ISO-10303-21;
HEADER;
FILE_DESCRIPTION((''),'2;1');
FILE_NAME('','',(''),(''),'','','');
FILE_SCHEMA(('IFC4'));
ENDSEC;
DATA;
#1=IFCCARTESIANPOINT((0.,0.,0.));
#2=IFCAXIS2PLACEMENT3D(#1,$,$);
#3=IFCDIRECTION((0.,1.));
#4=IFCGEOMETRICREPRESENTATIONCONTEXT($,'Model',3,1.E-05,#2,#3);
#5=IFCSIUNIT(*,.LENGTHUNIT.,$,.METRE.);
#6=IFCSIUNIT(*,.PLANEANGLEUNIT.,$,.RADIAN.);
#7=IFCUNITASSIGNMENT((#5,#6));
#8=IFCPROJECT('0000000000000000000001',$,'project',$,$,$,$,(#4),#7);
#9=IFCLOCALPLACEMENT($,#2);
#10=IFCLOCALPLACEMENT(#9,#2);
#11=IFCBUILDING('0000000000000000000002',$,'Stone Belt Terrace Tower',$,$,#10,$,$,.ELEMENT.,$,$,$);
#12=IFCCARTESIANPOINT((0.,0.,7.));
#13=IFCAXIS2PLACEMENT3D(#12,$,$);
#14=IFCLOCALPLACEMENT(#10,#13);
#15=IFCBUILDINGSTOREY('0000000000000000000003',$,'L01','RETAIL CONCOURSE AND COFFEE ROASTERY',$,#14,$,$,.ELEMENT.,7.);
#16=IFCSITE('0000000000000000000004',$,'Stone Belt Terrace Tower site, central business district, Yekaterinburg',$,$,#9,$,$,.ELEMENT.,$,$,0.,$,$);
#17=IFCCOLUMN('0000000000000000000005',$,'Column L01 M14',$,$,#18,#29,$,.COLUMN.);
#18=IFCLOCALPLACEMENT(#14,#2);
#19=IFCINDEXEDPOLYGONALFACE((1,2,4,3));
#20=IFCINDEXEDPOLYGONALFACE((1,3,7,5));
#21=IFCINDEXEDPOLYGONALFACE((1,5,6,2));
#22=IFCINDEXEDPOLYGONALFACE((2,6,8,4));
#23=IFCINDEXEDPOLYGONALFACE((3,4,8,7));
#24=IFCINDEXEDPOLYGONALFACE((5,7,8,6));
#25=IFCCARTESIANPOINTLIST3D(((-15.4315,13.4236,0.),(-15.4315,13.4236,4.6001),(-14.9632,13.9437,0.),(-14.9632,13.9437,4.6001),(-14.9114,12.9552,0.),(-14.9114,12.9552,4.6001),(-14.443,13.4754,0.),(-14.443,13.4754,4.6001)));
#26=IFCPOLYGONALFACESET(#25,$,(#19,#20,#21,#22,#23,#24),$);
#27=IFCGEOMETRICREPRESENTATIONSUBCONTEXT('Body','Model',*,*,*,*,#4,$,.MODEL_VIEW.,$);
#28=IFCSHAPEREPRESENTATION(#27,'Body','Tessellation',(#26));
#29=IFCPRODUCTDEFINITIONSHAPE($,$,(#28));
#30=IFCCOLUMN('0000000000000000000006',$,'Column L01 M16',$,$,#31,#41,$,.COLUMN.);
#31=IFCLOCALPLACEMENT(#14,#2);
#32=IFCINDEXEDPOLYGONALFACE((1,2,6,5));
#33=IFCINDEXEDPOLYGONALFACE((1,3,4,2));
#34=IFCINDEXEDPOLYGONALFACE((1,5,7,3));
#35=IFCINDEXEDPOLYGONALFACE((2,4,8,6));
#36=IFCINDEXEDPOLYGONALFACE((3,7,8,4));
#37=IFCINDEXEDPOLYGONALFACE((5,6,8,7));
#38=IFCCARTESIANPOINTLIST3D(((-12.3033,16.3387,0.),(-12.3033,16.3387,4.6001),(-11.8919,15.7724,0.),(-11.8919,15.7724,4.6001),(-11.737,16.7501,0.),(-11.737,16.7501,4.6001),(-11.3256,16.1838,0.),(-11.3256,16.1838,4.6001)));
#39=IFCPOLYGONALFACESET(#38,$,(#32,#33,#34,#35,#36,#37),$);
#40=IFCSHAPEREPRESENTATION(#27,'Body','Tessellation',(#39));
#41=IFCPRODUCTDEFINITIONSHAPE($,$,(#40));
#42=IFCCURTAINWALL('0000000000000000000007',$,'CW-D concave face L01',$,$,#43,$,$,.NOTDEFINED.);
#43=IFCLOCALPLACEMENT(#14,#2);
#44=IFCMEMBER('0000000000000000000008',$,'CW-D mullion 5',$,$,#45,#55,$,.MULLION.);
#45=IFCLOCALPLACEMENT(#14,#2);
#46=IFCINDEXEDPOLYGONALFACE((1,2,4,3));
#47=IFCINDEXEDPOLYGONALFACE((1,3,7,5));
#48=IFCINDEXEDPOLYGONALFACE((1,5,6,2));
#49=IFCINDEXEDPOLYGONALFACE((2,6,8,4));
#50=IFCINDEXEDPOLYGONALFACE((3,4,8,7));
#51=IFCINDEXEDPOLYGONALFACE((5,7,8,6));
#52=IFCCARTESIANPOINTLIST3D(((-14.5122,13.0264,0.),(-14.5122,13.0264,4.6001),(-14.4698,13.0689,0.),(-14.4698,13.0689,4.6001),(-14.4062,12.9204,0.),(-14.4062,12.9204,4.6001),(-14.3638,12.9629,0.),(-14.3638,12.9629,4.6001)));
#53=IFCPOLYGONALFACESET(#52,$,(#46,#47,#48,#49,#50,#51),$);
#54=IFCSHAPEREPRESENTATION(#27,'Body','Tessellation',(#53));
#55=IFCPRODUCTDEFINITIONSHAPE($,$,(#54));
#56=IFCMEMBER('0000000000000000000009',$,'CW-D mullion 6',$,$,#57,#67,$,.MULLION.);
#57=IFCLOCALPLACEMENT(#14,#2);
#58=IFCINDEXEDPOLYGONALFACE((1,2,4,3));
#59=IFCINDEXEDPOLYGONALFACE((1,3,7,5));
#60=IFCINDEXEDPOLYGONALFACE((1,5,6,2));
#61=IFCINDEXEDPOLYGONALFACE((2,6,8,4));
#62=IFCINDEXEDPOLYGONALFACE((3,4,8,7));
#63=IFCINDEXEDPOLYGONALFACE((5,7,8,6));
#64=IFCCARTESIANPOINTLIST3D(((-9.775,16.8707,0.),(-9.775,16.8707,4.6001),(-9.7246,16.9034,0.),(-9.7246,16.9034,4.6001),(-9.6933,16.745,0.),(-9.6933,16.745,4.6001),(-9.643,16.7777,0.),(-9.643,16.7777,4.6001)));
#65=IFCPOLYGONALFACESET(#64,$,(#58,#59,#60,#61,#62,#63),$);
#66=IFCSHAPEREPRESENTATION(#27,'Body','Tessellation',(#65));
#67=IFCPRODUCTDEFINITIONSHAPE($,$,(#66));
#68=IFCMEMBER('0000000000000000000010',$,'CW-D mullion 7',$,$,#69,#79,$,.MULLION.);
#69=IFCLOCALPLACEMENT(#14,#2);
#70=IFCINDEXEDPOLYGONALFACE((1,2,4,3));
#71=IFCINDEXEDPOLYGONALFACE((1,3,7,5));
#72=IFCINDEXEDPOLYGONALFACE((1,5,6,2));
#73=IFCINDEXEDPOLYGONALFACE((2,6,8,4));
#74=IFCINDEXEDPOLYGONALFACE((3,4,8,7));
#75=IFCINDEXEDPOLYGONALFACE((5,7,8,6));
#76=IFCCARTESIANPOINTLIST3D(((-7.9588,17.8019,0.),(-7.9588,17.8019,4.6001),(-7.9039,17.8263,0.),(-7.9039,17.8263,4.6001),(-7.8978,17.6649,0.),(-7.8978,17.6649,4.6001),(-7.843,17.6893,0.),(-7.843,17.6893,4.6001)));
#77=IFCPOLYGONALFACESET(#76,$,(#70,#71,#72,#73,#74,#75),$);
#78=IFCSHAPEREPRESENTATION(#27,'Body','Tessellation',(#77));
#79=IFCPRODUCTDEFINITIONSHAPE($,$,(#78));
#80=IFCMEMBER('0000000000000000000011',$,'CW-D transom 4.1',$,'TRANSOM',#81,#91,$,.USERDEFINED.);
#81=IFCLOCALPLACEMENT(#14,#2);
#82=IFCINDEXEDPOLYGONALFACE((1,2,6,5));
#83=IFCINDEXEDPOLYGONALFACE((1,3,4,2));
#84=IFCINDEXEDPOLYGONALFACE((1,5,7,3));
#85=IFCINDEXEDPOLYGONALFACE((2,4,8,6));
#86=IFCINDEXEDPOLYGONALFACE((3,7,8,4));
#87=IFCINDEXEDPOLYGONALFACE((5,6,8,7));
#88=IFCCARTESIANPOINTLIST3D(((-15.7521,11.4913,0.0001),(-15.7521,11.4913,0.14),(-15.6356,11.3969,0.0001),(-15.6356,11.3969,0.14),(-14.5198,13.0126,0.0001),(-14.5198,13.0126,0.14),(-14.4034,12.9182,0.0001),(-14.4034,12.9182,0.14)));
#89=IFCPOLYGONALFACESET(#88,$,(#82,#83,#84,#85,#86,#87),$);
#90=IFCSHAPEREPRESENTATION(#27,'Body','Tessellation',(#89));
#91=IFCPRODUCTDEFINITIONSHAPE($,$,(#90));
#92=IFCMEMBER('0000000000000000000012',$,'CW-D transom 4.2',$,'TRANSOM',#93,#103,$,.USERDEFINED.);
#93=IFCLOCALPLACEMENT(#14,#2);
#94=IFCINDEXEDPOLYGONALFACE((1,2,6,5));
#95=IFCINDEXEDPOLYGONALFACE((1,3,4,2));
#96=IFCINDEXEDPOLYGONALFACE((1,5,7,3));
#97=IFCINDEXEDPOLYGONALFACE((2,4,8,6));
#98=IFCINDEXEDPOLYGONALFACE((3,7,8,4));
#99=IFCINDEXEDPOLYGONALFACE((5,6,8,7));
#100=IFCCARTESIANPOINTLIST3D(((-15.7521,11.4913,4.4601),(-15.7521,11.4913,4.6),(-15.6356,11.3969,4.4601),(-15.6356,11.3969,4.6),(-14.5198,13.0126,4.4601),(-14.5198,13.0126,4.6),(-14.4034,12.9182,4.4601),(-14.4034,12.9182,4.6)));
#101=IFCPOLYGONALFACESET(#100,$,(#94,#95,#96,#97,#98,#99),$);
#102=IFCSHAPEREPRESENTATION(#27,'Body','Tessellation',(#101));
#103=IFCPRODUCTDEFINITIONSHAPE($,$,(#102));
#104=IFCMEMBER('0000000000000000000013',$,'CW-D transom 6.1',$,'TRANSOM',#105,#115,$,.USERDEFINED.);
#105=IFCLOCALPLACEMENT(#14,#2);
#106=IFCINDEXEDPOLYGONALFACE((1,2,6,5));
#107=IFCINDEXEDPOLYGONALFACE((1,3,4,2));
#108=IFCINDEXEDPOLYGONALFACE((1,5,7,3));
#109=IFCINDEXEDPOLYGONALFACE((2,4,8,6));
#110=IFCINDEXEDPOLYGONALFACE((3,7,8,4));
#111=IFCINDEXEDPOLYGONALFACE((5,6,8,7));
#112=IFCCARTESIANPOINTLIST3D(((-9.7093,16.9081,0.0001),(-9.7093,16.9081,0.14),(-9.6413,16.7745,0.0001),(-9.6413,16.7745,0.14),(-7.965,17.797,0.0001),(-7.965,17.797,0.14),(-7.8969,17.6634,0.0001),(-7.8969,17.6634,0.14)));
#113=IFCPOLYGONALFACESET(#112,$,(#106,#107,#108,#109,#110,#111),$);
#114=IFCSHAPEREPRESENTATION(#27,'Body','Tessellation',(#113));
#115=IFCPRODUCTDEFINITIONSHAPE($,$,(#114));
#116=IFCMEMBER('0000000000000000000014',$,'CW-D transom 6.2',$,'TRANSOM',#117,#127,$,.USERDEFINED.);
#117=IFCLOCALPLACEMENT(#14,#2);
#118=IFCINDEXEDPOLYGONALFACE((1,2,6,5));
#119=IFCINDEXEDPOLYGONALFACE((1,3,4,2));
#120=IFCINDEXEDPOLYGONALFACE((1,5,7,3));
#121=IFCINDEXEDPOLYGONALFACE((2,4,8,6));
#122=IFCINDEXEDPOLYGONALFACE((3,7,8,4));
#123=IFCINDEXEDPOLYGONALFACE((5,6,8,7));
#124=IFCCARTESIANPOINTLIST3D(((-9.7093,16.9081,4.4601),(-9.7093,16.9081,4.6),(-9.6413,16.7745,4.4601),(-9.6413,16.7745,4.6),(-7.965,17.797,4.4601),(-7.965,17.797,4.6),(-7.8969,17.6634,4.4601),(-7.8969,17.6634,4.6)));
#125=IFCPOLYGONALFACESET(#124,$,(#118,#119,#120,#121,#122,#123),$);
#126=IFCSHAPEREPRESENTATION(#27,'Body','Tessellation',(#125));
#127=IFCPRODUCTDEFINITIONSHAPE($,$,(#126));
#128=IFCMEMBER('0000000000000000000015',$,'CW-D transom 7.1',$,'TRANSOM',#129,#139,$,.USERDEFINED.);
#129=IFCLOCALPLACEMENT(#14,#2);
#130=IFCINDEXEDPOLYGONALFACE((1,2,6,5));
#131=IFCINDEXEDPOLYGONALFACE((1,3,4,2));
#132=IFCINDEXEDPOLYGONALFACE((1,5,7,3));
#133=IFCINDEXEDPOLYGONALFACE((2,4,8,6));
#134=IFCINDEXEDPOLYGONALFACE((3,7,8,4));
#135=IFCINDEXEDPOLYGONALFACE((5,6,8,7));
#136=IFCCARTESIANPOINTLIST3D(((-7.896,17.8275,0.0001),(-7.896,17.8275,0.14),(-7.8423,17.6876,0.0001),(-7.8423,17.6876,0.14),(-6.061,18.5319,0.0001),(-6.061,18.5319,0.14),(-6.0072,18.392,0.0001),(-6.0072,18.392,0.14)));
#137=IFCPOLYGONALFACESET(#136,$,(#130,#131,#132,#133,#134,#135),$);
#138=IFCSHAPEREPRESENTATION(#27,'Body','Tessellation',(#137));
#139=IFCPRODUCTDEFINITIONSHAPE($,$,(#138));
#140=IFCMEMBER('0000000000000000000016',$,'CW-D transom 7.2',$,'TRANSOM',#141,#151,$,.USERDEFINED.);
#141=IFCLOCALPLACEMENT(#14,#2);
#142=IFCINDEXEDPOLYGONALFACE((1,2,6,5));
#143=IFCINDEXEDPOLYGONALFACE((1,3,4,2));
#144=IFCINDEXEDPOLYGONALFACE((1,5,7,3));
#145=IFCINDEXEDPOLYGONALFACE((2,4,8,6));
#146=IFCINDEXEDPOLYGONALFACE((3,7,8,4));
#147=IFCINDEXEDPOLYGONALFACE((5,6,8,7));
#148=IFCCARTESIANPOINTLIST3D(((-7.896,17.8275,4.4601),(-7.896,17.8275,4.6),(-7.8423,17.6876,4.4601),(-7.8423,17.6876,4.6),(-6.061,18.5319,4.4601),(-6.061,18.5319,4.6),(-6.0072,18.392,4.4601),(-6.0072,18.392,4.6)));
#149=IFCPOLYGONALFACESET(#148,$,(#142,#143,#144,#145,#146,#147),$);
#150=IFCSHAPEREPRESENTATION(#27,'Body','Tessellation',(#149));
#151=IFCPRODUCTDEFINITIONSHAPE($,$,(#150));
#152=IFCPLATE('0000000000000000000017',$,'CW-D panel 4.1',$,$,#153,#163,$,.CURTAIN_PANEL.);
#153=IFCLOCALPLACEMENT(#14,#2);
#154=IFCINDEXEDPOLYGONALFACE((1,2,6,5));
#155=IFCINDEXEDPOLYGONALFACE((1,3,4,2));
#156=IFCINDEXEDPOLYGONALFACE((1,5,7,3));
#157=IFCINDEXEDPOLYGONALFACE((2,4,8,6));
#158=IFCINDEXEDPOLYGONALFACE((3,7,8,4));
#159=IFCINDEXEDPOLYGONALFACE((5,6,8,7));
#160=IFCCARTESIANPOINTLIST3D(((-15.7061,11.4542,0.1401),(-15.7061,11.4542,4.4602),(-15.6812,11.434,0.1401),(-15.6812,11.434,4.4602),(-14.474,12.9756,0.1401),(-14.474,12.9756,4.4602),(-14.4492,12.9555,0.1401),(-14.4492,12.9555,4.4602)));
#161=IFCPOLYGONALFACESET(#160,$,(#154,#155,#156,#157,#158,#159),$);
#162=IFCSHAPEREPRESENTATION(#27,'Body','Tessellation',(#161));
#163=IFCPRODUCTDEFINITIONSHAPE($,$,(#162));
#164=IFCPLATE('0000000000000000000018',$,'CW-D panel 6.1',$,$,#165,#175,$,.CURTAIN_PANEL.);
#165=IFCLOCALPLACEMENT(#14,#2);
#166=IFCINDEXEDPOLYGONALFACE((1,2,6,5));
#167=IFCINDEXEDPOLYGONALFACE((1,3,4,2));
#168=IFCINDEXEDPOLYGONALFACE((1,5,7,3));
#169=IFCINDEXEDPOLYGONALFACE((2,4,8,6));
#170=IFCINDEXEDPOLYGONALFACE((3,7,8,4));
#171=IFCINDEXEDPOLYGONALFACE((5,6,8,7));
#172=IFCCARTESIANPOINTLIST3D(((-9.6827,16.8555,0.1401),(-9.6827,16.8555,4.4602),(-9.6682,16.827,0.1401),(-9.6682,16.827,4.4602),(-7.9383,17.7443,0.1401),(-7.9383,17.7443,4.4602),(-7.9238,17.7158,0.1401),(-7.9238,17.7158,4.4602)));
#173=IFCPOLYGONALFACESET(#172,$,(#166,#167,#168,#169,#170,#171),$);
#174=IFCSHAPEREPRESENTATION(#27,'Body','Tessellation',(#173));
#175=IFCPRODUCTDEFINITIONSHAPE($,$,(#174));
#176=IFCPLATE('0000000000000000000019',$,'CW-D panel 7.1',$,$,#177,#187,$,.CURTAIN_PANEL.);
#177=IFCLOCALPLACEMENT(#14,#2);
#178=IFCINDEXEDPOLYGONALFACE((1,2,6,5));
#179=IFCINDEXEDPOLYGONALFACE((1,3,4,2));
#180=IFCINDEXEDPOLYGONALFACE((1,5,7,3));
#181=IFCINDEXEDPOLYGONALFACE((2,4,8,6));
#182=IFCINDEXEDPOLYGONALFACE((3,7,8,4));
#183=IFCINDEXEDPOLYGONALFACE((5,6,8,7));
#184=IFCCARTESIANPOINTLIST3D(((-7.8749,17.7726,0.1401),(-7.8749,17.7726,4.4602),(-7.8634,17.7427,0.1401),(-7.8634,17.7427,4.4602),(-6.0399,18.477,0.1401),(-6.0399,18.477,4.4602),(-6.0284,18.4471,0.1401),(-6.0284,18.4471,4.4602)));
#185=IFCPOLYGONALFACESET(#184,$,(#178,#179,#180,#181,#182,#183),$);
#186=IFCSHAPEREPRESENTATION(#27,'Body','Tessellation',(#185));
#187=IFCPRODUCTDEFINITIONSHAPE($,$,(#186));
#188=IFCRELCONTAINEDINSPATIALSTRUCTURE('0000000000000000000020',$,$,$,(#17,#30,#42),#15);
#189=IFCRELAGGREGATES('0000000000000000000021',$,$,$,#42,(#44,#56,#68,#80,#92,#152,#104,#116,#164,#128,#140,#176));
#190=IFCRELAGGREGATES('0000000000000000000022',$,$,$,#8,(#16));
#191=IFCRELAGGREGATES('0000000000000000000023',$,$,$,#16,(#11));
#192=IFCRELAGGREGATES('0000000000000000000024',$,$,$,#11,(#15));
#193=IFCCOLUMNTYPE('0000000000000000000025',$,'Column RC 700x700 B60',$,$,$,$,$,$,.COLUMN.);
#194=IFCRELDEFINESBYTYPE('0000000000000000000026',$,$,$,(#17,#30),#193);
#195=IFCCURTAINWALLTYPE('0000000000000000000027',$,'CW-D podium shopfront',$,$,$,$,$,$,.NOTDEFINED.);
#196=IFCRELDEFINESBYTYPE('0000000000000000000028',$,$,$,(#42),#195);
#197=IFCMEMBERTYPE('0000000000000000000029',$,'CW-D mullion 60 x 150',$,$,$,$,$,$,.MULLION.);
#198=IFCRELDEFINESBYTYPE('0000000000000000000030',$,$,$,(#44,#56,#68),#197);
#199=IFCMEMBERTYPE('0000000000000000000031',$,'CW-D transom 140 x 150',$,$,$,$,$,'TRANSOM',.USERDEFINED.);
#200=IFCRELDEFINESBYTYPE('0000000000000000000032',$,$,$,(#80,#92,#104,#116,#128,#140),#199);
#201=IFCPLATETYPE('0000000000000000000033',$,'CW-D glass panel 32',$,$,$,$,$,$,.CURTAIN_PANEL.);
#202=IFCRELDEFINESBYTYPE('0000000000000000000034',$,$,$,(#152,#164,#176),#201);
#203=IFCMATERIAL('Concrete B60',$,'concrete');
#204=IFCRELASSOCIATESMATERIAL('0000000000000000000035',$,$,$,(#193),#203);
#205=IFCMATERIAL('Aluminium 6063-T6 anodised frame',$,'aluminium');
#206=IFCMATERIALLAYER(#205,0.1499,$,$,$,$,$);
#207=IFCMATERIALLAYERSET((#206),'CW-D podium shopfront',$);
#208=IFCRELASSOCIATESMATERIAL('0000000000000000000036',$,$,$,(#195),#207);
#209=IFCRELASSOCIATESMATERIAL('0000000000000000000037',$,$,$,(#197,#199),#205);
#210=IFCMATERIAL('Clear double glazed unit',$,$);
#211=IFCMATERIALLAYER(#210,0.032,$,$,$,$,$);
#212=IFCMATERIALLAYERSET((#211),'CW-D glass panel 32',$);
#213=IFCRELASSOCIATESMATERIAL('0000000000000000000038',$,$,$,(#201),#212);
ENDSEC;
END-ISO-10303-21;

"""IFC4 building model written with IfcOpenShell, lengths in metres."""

from ifc_helpers import new_model, si_unit, direction, frame, origin, origin_2d, place, context, subcontext, project, spatial, rectangle, extrude, material, layer, layer_set, material_profile, profile_set, type_object, element, aggregate, save


model = new_model("IFC4")

# Units and contexts
model_context = context("Model", 3, precision=1e-05, world=origin(), true_north=direction((0.0, 1.0)))
body_context = subcontext(model_context, "Body", "Model", "MODEL_VIEW")
ifc_project = project(units=[si_unit("LENGTHUNIT", "METRE"), si_unit("PLANEANGLEUNIT", "RADIAN")], contexts=[model_context])

# Site, building, storey
site_placement = place(None, origin())
site = spatial("IfcSite", under=ifc_project, at=site_placement, Name="Stone Belt Terrace Tower site, central business district, Yekaterinburg", CompositionType="ELEMENT", RefElevation=0.0)
building_placement = place(site_placement, origin())
building = spatial("IfcBuilding", under=site, at=building_placement, Name="Stone Belt Terrace Tower", CompositionType="ELEMENT")
storey_placement = place(building_placement, frame((0.0, 0.0, 7.0)))
storey = spatial("IfcBuildingStorey", under=building, at=storey_placement, Name="L01", Description="RETAIL CONCOURSE AND COFFEE ROASTERY", CompositionType="ELEMENT", Elevation=7.0)

# Columns
ifc_material_1 = material(Name="Concrete B60", Category="concrete")
ifc_material_profile_1 = material_profile(ifc_material_1, rectangle(XDim=0.7, YDim=0.7, at=origin_2d()), Name="RC 700x700")
ifc_profile_set_1 = profile_set([ifc_material_profile_1], Name="Concrete B60")
column_type = type_object("IfcColumnType", Name="Column RC 700x700 B60", PredefinedType="COLUMN", material=ifc_profile_set_1)
for number, where, z_axis, x_axis, name in (
    (1, (-14.9373, 13.4495, 0.0), (0.0, 0.0, 1.0), (0.669131, 0.743145, 0.0), "Column L01 M14"),
    (2, (-11.8145, 16.2612, 0.0), (0.0, 0.0, 1.0), (0.809017, 0.587785, 0.0), "Column L01 M16"),
):
    element("IfcColumn", number, at=place(storey_placement, frame(where, z_axis=z_axis, x_axis=x_axis)), inside=storey, type_object=column_type, Name=name, PredefinedType="COLUMN", context=body_context, shape_type="SweptSolid", body=[
        extrude(rectangle(XDim=0.7, YDim=0.7, at=origin_2d()), origin(), (0.0, 0.0, 1.0), 4.6001),
    ])

# Curtain wall, members, plates
ifc_material_2 = material(Name="Aluminium 6063-T6 anodised frame", Category="aluminium")
ifc_layer_1 = layer(ifc_material_2, 0.1499)
ifc_layer_set_1 = layer_set([ifc_layer_1], Name="CW-D podium shopfront")
curtain_wall_type = type_object("IfcCurtainWallType", Name="CW-D podium shopfront", PredefinedType="NOTDEFINED", material=ifc_layer_set_1)
curtain_wall_placement = place(storey_placement, origin())
curtain_wall = element("IfcCurtainWall", 3, at=curtain_wall_placement, inside=storey, type_object=curtain_wall_type, Name="CW-D concave face L01", PredefinedType="NOTDEFINED")
ifc_material_profile_2 = material_profile(ifc_material_2, rectangle(XDim=0.1499, YDim=0.0601, at=origin_2d()), Name="Aluminium 6063-T6 60x150")
ifc_profile_set_2 = profile_set([ifc_material_profile_2], Name="Aluminium 6063-T6 anodised frame")
member_type_1 = type_object("IfcMemberType", Name="CW-D mullion 60 x 150", PredefinedType="MULLION", material=ifc_profile_set_2)
member_1_placement = place(storey_placement, frame((-14.438, 12.9946, 0.0), z_axis=(0.0, 0.0, 1.0), x_axis=(-0.707107, 0.707107, 0.0)))
member_1 = element("IfcMember", 4, at=member_1_placement, type_object=member_type_1, Name="CW-D mullion 5", PredefinedType="MULLION", context=body_context, shape_type="SweptSolid", body=[
    extrude(rectangle(XDim=0.1499, YDim=0.0601, at=origin_2d()), origin(), (0.0, 0.0, 1.0), 4.6001),
])
member_2_placement = place(storey_placement, frame((-9.709, 16.8242, 0.0), z_axis=(0.0, 0.0, 1.0), x_axis=(-0.544639, 0.838671, 0.0)))
member_2 = element("IfcMember", 5, at=member_2_placement, type_object=member_type_1, Name="CW-D mullion 6", PredefinedType="MULLION", context=body_context, shape_type="SweptSolid", body=[
    extrude(rectangle(XDim=0.1499, YDim=0.0601, at=origin_2d()), origin(), (0.0, 0.0, 1.0), 4.6001),
])
member_3_placement = place(storey_placement, frame((-7.9009, 17.7456, 0.0), z_axis=(0.0, 0.0, 1.0), x_axis=(-0.406737, 0.913545, 0.0)))
member_3 = element("IfcMember", 6, at=member_3_placement, type_object=member_type_1, Name="CW-D mullion 7", PredefinedType="MULLION", context=body_context, shape_type="SweptSolid", body=[
    extrude(rectangle(XDim=0.1499, YDim=0.0601, at=origin_2d()), origin(), (0.0, 0.0, 1.0), 4.6001),
])
ifc_material_profile_3 = material_profile(ifc_material_2, rectangle(XDim=0.1499, YDim=0.1399, at=origin_2d()), Name="Aluminium 6063-T6 150x140")
ifc_profile_set_3 = profile_set([ifc_material_profile_3], Name="Aluminium 6063-T6 anodised frame")
member_type_2 = type_object("IfcMemberType", Name="CW-D transom 140 x 150", ElementType="TRANSOM", PredefinedType="USERDEFINED", material=ifc_profile_set_3)
member_4_placement = place(storey_placement, frame((-15.6938, 11.4441, 0.0701), z_axis=(0.629413, 0.777071, 0.0), x_axis=(-0.777071, 0.629413, 0.0)))
member_4 = element("IfcMember", 7, at=member_4_placement, type_object=member_type_2, Name="CW-D transom 4.1", ObjectType="TRANSOM", PredefinedType="USERDEFINED", context=body_context, shape_type="SweptSolid", body=[
    extrude(rectangle(XDim=0.1499, YDim=0.1399, at=origin_2d()), origin(), (0.0, 0.0, 1.0), 1.9578),
])
member_5_placement = place(storey_placement, frame((-15.6938, 11.4441, 4.53), z_axis=(0.629413, 0.777071, 0.0), x_axis=(-0.777071, 0.629413, 0.0)))
member_5 = element("IfcMember", 8, at=member_5_placement, type_object=member_type_2, Name="CW-D transom 4.2", ObjectType="TRANSOM", PredefinedType="USERDEFINED", context=body_context, shape_type="SweptSolid", body=[
    extrude(rectangle(XDim=0.1499, YDim=0.1399, at=origin_2d()), origin(), (0.0, 0.0, 1.0), 1.9578),
])
member_6_placement = place(storey_placement, frame((-9.6753, 16.8413, 0.0701), z_axis=(0.890984, 0.454034, 0.0), x_axis=(-0.454034, 0.890984, 0.0)))
member_6 = element("IfcMember", 9, at=member_6_placement, type_object=member_type_2, Name="CW-D transom 6.1", ObjectType="TRANSOM", PredefinedType="USERDEFINED", context=body_context, shape_type="SweptSolid", body=[
    extrude(rectangle(XDim=0.1499, YDim=0.1399, at=origin_2d()), origin(), (0.0, 0.0, 1.0), 1.9578),
])
member_7_placement = place(storey_placement, frame((-9.6753, 16.8413, 4.53), z_axis=(0.890984, 0.454034, 0.0), x_axis=(-0.454034, 0.890984, 0.0)))
member_7 = element("IfcMember", 10, at=member_7_placement, type_object=member_type_2, Name="CW-D transom 6.2", ObjectType="TRANSOM", PredefinedType="USERDEFINED", context=body_context, shape_type="SweptSolid", body=[
    extrude(rectangle(XDim=0.1499, YDim=0.1399, at=origin_2d()), origin(), (0.0, 0.0, 1.0), 1.9578),
])
member_8_placement = place(storey_placement, frame((-7.8691, 17.7576, 0.0701), z_axis=(0.933586, 0.358355, 0.0), x_axis=(-0.358355, 0.933586, 0.0)))
member_8 = element("IfcMember", 11, at=member_8_placement, type_object=member_type_2, Name="CW-D transom 7.1", ObjectType="TRANSOM", PredefinedType="USERDEFINED", context=body_context, shape_type="SweptSolid", body=[
    extrude(rectangle(XDim=0.1499, YDim=0.1399, at=origin_2d()), origin(), (0.0, 0.0, 1.0), 1.9656),
])
member_9_placement = place(storey_placement, frame((-7.8691, 17.7576, 4.53), z_axis=(0.933586, 0.358355, 0.0), x_axis=(-0.358355, 0.933586, 0.0)))
member_9 = element("IfcMember", 12, at=member_9_placement, type_object=member_type_2, Name="CW-D transom 7.2", ObjectType="TRANSOM", PredefinedType="USERDEFINED", context=body_context, shape_type="SweptSolid", body=[
    extrude(rectangle(XDim=0.1499, YDim=0.1399, at=origin_2d()), origin(), (0.0, 0.0, 1.0), 1.9656),
])
ifc_material_3 = material(Name="Clear double glazed unit")
ifc_layer_2 = layer(ifc_material_3, 0.032)
ifc_layer_set_2 = layer_set([ifc_layer_2], Name="CW-D glass panel 32")
plate_type = type_object("IfcPlateType", Name="CW-D glass panel 32", PredefinedType="CURTAIN_PANEL", material=ifc_layer_set_2)
plate_1_placement = place(storey_placement, frame((-15.0776, 12.2048, 0.1401), z_axis=(0.0, 0.0, 1.0), x_axis=(0.62932, 0.777146, 0.0)))
plate_1 = element("IfcPlate", 13, at=plate_1_placement, type_object=plate_type, Name="CW-D panel 4.1", PredefinedType="CURTAIN_PANEL", context=body_context, shape_type="SweptSolid", body=[
    extrude(rectangle(XDim=1.9578, YDim=0.032, at=origin_2d()), origin(), (0.0, 0.0, 1.0), 4.3201),
])
plate_2_placement = place(storey_placement, frame((-8.8032, 17.2856, 0.1401), z_axis=(0.0, 0.0, 1.0), x_axis=(0.891007, 0.45399, 0.0)))
plate_2 = element("IfcPlate", 14, at=plate_2_placement, type_object=plate_type, Name="CW-D panel 6.1", PredefinedType="CURTAIN_PANEL", context=body_context, shape_type="SweptSolid", body=[
    extrude(rectangle(XDim=1.9578, YDim=0.032, at=origin_2d()), origin(), (0.0, 0.0, 1.0), 4.3201),
])
plate_3_placement = place(storey_placement, frame((-6.9517, 18.1099, 0.1401), z_axis=(0.0, 0.0, 1.0), x_axis=(0.93358, 0.358368, 0.0)))
plate_3 = element("IfcPlate", 15, at=plate_3_placement, type_object=plate_type, Name="CW-D panel 7.1", PredefinedType="CURTAIN_PANEL", context=body_context, shape_type="SweptSolid", body=[
    extrude(rectangle(XDim=1.9656, YDim=0.032, at=origin_2d()), origin(), (0.0, 0.0, 1.0), 4.3201),
])
aggregate(curtain_wall, [member_1, member_2, member_3, member_4, member_5, plate_1, member_6, member_7, plate_2, member_8, member_9, plate_3])

save(model, "model.ifc")
